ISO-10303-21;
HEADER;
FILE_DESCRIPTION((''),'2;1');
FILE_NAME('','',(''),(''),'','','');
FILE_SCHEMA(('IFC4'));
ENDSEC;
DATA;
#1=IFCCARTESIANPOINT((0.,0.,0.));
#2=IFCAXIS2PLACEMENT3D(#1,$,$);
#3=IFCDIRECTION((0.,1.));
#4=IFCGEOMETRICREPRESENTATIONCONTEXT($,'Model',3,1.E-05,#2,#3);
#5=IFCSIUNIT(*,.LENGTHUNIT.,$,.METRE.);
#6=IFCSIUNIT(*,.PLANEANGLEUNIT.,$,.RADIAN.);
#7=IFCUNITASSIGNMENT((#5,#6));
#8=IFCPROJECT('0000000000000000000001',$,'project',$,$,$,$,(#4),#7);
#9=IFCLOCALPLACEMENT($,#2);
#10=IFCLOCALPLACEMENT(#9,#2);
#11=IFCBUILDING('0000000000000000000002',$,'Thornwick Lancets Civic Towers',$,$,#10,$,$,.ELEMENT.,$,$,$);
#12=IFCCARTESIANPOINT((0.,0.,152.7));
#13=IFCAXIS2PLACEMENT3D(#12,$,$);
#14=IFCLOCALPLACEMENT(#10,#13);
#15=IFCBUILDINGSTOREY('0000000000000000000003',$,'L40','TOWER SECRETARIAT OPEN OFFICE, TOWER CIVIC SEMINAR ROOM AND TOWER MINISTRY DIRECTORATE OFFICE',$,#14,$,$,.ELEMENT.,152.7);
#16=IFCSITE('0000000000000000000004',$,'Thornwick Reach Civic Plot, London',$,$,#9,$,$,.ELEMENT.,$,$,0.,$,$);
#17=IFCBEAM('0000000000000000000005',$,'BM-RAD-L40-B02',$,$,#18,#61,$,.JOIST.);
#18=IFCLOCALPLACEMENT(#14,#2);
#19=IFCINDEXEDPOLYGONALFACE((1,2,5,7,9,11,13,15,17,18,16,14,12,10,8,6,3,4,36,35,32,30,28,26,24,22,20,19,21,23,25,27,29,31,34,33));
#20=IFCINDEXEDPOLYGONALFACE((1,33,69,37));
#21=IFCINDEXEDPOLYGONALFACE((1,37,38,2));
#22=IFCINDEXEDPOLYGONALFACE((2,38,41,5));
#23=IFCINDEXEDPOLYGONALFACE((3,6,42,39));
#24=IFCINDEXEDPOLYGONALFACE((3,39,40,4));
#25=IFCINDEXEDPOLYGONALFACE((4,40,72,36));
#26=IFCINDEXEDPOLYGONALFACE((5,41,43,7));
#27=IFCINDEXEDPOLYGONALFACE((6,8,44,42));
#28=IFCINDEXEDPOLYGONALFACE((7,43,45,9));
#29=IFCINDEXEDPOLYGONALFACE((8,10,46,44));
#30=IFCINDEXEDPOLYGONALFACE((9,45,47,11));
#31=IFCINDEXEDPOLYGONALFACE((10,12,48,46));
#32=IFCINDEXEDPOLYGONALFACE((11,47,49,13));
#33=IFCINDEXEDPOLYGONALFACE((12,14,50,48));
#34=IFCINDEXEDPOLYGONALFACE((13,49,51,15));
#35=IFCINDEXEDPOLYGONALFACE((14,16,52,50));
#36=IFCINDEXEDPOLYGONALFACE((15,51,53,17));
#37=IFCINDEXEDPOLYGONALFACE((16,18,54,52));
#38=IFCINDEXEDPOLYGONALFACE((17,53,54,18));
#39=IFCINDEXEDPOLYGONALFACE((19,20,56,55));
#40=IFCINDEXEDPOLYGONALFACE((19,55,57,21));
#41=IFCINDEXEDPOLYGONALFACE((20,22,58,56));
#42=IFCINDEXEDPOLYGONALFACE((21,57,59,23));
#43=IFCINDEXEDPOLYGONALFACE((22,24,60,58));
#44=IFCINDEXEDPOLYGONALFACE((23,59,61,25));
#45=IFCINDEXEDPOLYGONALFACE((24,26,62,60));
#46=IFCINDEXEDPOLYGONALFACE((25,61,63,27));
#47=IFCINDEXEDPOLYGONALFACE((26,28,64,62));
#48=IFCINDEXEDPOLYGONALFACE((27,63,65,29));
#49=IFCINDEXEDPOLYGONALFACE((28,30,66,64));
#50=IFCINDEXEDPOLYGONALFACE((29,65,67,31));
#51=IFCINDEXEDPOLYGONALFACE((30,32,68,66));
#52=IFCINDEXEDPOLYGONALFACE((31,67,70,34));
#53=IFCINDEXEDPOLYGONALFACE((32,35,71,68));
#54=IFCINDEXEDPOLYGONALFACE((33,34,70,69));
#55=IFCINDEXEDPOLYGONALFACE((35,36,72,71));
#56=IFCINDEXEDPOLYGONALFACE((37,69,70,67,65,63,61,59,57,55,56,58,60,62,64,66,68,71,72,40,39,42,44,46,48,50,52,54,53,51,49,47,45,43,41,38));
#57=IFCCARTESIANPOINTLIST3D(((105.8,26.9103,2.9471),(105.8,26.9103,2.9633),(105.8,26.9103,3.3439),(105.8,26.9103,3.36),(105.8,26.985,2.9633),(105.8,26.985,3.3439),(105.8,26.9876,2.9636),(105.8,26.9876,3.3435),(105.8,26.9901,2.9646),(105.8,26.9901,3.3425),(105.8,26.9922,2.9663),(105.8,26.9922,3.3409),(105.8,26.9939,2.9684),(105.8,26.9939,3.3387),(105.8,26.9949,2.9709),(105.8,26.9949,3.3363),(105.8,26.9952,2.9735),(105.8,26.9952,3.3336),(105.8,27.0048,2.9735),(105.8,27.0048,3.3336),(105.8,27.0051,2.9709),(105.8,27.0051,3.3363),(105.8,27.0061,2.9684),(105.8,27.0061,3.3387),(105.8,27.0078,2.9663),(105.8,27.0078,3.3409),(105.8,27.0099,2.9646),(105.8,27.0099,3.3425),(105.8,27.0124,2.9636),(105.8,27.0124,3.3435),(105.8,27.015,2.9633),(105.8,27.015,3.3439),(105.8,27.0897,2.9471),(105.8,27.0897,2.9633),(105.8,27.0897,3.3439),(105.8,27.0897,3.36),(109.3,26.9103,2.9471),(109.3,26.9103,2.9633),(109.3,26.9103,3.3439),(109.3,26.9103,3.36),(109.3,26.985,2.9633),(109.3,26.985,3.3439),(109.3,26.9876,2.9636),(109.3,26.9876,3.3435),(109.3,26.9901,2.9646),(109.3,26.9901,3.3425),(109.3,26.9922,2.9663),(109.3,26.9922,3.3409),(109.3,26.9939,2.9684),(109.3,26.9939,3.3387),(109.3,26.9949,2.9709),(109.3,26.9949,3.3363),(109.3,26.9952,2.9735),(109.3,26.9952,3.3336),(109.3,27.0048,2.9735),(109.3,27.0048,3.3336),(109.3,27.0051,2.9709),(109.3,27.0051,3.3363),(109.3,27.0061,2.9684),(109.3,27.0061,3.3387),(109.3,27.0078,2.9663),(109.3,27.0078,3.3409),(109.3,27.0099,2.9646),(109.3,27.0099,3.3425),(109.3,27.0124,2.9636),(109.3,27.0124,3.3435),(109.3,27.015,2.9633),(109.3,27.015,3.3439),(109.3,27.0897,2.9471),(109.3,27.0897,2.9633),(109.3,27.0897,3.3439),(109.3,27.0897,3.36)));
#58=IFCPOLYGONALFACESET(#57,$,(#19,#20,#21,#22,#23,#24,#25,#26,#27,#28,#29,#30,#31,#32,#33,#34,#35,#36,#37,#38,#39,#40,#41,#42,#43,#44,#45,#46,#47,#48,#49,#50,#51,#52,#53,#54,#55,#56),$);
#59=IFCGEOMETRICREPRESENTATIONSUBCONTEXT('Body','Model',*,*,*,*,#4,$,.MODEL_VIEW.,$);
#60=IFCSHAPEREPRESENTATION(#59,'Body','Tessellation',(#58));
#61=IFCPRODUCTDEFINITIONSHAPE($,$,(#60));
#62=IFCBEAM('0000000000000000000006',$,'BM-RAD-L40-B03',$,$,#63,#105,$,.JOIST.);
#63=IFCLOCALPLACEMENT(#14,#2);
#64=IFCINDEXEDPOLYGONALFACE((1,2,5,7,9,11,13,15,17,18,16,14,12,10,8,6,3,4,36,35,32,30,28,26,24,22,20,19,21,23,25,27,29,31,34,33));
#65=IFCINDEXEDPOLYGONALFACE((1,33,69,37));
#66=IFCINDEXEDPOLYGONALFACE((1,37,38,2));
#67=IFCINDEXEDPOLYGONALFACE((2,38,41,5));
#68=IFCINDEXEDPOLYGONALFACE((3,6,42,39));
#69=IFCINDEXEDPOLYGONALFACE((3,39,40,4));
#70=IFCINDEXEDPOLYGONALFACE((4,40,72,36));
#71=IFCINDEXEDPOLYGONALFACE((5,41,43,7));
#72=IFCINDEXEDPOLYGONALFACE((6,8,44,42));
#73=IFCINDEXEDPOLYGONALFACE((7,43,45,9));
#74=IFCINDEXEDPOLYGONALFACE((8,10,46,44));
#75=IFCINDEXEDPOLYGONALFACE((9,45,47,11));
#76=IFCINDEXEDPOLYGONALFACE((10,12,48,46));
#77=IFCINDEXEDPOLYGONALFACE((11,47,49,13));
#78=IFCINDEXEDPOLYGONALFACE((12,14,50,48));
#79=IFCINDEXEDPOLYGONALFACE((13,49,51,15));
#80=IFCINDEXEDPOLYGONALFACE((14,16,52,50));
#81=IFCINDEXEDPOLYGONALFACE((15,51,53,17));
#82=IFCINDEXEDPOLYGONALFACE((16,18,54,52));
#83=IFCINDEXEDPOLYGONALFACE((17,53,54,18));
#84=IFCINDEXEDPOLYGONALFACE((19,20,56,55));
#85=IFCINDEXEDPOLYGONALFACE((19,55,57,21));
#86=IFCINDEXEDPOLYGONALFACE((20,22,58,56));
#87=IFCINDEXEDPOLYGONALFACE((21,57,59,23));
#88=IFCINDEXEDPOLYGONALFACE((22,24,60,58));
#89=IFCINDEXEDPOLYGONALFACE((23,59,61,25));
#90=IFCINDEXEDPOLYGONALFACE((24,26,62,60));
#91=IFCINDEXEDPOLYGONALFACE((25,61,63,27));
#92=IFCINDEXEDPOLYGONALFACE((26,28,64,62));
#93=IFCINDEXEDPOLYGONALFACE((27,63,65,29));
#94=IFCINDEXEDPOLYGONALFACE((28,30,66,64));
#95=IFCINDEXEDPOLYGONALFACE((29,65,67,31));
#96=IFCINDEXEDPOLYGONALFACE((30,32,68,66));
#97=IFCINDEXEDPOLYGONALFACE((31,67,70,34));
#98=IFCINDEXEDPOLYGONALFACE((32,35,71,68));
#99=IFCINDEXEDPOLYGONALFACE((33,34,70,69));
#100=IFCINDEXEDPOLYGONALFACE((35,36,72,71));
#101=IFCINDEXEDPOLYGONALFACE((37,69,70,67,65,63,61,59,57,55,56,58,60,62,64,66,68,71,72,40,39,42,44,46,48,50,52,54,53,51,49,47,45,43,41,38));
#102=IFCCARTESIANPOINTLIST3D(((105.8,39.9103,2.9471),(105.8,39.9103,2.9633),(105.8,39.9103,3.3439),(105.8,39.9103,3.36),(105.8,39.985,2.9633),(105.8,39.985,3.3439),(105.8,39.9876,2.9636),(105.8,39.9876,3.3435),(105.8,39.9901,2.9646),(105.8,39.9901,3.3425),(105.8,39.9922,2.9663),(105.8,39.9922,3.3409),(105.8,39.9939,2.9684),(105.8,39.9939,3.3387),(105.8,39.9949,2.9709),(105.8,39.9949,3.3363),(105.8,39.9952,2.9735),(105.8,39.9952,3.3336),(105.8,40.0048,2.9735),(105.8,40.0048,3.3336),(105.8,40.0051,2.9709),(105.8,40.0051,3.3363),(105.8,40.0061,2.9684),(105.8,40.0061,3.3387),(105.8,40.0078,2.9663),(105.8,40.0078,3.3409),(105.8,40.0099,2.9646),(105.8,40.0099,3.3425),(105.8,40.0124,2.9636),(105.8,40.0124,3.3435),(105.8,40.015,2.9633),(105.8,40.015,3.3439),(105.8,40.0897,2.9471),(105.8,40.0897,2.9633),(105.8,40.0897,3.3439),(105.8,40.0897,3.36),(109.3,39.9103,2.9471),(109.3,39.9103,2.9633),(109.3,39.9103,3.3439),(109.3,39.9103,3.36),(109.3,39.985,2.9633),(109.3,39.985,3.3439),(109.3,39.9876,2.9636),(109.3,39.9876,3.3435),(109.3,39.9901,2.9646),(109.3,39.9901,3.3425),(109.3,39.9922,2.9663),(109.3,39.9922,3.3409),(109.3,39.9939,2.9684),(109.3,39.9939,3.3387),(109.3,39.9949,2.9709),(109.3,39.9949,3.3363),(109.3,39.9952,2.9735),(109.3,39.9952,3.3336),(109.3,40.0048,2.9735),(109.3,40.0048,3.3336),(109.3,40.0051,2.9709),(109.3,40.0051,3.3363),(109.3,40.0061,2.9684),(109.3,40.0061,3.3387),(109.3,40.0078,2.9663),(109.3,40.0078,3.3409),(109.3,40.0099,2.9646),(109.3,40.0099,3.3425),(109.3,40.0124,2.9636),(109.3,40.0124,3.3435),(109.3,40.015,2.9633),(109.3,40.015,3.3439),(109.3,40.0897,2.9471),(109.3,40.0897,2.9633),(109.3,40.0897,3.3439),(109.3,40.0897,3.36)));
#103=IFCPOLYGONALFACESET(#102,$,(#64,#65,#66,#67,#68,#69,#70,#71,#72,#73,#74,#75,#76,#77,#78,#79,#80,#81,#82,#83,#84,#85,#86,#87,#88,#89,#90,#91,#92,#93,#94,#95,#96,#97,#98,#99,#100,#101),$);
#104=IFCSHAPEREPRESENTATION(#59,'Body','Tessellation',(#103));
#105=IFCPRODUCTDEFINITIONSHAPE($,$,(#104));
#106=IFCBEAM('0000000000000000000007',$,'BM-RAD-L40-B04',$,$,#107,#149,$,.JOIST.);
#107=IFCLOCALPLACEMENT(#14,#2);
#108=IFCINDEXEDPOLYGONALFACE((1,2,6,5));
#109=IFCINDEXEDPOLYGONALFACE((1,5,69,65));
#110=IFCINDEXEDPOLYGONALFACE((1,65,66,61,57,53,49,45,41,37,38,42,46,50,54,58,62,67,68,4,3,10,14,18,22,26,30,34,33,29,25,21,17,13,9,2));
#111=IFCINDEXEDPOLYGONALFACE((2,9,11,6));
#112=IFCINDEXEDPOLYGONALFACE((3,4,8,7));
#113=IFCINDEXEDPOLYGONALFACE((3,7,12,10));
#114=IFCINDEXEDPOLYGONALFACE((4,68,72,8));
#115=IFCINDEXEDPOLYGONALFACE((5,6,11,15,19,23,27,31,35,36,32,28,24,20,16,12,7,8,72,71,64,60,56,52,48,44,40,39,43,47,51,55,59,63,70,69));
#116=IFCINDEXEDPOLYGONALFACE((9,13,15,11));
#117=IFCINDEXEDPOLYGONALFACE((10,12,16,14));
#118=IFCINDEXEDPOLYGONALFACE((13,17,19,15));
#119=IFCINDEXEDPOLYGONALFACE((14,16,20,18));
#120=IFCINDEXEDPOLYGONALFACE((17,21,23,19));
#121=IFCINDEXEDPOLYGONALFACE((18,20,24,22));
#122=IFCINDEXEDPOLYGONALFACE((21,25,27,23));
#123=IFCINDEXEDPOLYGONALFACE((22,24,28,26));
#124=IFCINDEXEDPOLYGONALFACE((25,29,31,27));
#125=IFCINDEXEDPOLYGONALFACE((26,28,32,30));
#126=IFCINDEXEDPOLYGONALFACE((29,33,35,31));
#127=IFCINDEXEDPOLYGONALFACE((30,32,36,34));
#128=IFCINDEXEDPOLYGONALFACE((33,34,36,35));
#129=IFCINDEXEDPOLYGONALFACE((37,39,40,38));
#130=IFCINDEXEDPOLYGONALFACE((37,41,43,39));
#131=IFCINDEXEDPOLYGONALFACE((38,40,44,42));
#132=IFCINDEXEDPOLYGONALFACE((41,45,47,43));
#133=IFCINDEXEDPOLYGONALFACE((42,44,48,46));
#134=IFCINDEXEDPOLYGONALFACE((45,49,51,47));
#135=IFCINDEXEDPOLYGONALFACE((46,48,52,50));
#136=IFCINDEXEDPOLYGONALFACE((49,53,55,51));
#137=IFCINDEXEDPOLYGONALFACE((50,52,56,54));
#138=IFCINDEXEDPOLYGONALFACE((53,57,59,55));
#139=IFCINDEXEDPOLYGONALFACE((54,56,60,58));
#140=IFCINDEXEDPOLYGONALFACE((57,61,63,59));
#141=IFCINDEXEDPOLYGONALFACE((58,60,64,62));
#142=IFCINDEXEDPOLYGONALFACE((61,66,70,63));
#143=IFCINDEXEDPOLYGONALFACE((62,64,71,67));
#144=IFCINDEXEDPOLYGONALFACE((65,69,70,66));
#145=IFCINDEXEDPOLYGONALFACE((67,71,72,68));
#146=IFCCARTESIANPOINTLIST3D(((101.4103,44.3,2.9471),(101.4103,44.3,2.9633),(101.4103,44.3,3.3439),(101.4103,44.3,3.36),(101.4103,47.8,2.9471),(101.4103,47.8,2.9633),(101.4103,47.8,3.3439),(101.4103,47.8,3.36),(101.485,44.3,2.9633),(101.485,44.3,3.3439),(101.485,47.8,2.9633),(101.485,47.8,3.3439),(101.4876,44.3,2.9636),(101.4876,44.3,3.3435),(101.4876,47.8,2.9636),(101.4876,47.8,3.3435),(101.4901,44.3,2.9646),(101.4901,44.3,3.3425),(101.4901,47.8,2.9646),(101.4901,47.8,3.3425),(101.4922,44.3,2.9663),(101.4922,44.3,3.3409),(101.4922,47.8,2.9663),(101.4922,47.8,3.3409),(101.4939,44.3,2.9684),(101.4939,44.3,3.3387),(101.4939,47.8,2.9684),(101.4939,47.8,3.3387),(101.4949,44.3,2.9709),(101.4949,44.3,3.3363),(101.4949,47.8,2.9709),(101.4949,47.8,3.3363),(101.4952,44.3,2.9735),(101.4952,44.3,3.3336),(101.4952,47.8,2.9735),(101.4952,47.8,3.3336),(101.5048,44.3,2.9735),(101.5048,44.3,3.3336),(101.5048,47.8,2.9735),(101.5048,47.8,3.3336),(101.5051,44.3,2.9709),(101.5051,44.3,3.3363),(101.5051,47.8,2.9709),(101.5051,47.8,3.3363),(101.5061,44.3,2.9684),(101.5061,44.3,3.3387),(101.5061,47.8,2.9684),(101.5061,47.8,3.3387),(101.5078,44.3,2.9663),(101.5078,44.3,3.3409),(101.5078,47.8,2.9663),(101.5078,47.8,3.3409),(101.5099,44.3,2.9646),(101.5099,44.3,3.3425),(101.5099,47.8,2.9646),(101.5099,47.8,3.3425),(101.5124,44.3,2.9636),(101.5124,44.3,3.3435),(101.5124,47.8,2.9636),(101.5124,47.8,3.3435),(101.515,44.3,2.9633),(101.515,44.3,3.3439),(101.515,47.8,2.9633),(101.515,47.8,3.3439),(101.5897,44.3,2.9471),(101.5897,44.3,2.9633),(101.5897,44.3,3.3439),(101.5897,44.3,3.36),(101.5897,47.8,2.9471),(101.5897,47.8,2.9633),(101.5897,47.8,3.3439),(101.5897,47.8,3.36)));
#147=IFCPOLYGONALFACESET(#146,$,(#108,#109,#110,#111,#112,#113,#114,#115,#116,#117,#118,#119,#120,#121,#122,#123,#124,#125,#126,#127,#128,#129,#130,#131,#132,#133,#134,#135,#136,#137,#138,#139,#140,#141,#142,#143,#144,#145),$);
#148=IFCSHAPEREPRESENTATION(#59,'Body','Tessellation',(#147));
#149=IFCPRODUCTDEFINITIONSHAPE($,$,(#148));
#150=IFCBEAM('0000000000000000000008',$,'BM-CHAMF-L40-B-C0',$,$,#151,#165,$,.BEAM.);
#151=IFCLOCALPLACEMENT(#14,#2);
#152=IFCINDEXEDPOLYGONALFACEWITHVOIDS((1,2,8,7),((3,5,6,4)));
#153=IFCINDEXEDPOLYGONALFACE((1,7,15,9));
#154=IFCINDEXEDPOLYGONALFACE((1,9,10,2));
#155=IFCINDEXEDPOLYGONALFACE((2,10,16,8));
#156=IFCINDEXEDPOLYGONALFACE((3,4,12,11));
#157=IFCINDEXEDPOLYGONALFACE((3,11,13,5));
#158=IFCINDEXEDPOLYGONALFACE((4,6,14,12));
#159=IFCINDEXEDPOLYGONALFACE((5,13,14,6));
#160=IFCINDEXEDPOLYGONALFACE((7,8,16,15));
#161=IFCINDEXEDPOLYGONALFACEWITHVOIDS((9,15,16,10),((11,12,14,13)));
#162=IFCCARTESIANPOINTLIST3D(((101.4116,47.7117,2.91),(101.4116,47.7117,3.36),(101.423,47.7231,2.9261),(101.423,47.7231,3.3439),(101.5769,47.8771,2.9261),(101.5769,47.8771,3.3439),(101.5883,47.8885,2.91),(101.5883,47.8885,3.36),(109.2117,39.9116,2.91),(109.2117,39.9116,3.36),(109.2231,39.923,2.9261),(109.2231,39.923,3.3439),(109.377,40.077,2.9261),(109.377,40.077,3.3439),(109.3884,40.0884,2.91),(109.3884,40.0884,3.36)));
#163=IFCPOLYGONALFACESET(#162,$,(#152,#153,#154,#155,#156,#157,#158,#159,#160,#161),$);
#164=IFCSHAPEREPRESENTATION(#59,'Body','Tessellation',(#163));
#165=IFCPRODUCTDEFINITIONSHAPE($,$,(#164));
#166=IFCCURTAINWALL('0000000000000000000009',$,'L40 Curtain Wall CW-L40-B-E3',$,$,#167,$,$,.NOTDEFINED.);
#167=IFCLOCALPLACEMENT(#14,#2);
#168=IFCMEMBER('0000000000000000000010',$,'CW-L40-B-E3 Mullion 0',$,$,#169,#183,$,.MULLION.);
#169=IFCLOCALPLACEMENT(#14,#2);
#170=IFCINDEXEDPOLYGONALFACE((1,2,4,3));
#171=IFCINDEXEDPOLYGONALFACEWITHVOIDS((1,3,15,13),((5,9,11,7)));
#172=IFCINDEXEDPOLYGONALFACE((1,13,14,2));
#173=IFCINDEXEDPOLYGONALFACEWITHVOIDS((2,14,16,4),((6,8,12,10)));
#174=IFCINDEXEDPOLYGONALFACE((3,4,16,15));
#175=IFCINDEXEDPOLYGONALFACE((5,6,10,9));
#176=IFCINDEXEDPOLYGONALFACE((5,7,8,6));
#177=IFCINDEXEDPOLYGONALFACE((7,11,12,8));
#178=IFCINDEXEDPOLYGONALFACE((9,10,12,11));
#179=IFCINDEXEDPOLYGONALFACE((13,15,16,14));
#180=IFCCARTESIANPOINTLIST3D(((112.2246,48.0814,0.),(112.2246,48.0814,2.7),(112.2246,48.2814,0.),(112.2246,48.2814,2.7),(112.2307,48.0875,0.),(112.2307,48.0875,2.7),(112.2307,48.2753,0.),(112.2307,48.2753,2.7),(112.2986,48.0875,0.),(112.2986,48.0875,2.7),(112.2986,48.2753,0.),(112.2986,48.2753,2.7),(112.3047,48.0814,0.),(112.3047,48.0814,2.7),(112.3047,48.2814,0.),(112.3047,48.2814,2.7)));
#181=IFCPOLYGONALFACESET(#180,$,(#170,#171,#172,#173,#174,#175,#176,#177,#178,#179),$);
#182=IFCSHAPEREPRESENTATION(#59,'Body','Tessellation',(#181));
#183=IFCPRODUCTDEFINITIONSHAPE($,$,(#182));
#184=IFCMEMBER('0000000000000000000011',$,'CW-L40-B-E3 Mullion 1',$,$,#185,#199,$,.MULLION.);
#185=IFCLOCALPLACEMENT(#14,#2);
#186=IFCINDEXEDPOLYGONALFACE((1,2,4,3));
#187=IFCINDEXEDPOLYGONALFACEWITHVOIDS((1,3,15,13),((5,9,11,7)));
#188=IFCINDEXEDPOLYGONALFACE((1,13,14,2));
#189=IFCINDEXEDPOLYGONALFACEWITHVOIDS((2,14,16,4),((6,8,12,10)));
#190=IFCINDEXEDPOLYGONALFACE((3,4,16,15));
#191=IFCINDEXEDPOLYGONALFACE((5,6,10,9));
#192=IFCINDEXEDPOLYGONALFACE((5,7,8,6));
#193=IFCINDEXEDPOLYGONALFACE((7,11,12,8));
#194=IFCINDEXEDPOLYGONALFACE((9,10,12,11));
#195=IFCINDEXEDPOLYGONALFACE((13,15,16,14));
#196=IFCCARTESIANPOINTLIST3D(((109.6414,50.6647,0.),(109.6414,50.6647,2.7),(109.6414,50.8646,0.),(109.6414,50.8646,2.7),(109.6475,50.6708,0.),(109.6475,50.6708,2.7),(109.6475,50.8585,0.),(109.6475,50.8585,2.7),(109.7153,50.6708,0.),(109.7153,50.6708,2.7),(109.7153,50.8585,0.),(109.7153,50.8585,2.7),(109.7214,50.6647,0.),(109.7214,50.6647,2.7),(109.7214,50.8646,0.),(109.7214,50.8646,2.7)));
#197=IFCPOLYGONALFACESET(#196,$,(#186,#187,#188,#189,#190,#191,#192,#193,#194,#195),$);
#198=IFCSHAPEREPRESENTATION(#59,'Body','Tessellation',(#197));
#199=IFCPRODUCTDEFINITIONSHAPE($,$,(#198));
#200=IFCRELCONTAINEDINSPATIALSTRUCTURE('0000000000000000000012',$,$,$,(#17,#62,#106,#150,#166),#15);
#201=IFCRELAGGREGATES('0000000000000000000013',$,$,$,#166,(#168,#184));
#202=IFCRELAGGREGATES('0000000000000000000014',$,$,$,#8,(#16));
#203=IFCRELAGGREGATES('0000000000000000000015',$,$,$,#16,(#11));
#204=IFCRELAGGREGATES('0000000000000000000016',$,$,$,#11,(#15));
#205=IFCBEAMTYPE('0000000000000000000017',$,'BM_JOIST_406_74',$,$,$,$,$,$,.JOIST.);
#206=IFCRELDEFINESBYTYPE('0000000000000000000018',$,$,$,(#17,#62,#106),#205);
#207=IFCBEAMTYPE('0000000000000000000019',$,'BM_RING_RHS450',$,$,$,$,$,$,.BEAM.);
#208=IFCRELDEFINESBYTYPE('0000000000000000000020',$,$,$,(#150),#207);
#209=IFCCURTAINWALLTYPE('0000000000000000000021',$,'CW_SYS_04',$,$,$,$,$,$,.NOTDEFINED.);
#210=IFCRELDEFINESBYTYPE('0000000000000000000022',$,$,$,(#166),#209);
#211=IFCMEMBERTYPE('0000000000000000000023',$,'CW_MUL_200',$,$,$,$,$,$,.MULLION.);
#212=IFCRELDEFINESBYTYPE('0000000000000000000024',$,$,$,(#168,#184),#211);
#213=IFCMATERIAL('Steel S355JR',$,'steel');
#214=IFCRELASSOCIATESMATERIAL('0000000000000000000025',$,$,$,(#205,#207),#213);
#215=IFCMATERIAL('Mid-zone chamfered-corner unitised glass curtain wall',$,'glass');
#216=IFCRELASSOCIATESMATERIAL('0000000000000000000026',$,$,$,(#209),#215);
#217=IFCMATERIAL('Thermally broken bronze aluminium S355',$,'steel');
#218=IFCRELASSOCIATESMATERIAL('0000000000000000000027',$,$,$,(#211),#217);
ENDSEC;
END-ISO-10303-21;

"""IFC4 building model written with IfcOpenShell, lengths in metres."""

from ifc_helpers import new_model, si_unit, direction, frame, origin, origin_2d, place, context, subcontext, project, spatial, hollow_rectangle, i_section, extrude, material, material_profile, profile_set, type_object, element, aggregate, save


model = new_model("IFC4")

# Units and contexts
model_context = context("Model", 3, precision=1e-05, world=origin(), true_north=direction((0.0, 1.0)))
body_context = subcontext(model_context, "Body", "Model", "MODEL_VIEW")
ifc_project = project(units=[si_unit("LENGTHUNIT", "METRE"), si_unit("PLANEANGLEUNIT", "RADIAN")], contexts=[model_context])

# Site, building, storey
site_placement = place(None, origin())
site = spatial("IfcSite", under=ifc_project, at=site_placement, Name="Thornwick Reach Civic Plot, London", CompositionType="ELEMENT", RefElevation=0.0)
building_placement = place(site_placement, origin())
building = spatial("IfcBuilding", under=site, at=building_placement, Name="Thornwick Lancets Civic Towers", CompositionType="ELEMENT")
storey_placement = place(building_placement, frame((0.0, 0.0, 152.7)))
storey = spatial("IfcBuildingStorey", under=building, at=storey_placement, Name="L40", Description="TOWER SECRETARIAT OPEN OFFICE, TOWER CIVIC SEMINAR ROOM AND TOWER MINISTRY DIRECTORATE OFFICE", CompositionType="ELEMENT", Elevation=152.7)

# Beams
ifc_material_1 = material(Name="Steel S355JR", Category="steel")
ifc_material_profile_1 = material_profile(ifc_material_1, i_section(OverallWidth=0.1794, OverallDepth=0.4128, WebThickness=0.0095, FlangeThickness=0.0161, FilletRadius=0.0103, at=origin_2d()), Name="UKB 406x178x74")
ifc_profile_set_1 = profile_set([ifc_material_profile_1], Name="Steel S355JR")
beam_type_1 = type_object("IfcBeamType", Name="BM_JOIST_406_74", PredefinedType="JOIST", material=ifc_profile_set_1)
for number, where, z_axis, x_axis, name in (
    (1, (105.8, 27.0, 3.1536), (1.0, 0.0, 0.0), (0.0, 1.0, 0.0), "BM-RAD-L40-B02"),
    (2, (105.8, 40.0, 3.1536), (1.0, 0.0, 0.0), (0.0, 1.0, 0.0), "BM-RAD-L40-B03"),
    (3, (101.5, 44.3, 3.1536), (0.0, 1.0, 0.0), (-1.0, 0.0, 0.0), "BM-RAD-L40-B04"),
):
    element("IfcBeam", number, at=place(storey_placement, frame(where, z_axis=z_axis, x_axis=x_axis)), inside=storey, type_object=beam_type_1, Name=name, PredefinedType="JOIST", context=body_context, shape_type="SweptSolid", body=[
        extrude(i_section(OverallWidth=0.1794, OverallDepth=0.4128, WebThickness=0.0095, FlangeThickness=0.0161, FilletRadius=0.0103, at=origin_2d()), origin(), (0.0, 0.0, 1.0), 3.5),
    ])
ifc_material_profile_2 = material_profile(ifc_material_1, hollow_rectangle(XDim=0.25, YDim=0.45, WallThickness=0.0161, at=origin_2d()), Name="RHS 450x250x16")
ifc_profile_set_2 = profile_set([ifc_material_profile_2], Name="Steel S355JR")
beam_type_2 = type_object("IfcBeamType", Name="BM_RING_RHS450", PredefinedType="BEAM", material=ifc_profile_set_2)
beam_1_placement = place(storey_placement, frame((109.3, 40.0, 3.135), z_axis=(-0.707107, 0.707107, 0.0), x_axis=(-0.707107, -0.707107, 0.0)))
element("IfcBeam", 4, at=beam_1_placement, inside=storey, type_object=beam_type_2, Name="BM-CHAMF-L40-B-C0", PredefinedType="BEAM", context=body_context, shape_type="SweptSolid", body=[
    extrude(hollow_rectangle(XDim=0.25, YDim=0.45, WallThickness=0.0161, at=origin_2d()), origin(), (0.0, 0.0, 1.0), 11.031),
])

# Curtain wall, members
ifc_material_2 = material(Name="Mid-zone chamfered-corner unitised glass curtain wall", Category="glass")
curtain_wall_type = type_object("IfcCurtainWallType", Name="CW_SYS_04", PredefinedType="NOTDEFINED", material=ifc_material_2)
curtain_wall_placement = place(storey_placement, origin())
curtain_wall = element("IfcCurtainWall", 5, at=curtain_wall_placement, inside=storey, type_object=curtain_wall_type, Name="L40 Curtain Wall CW-L40-B-E3", PredefinedType="NOTDEFINED")
ifc_material_3 = material(Name="Thermally broken bronze aluminium S355", Category="steel")
ifc_material_profile_3 = material_profile(ifc_material_3, hollow_rectangle(XDim=0.0801, YDim=0.2, WallThickness=0.0061, at=origin_2d()), Name="RHS 200x80x6")
ifc_profile_set_3 = profile_set([ifc_material_profile_3], Name="Thermally broken bronze aluminium S355")
member_type_1 = type_object("IfcMemberType", Name="CW_MUL_200", PredefinedType="MULLION", material=ifc_profile_set_3)
member_1_placement = place(storey_placement, frame((112.2646, 48.1814, 0.0), z_axis=(0.0, 0.0, 1.0), x_axis=(1.0, 0.0, 0.0)))
member_1 = element("IfcMember", 6, at=member_1_placement, type_object=member_type_1, Name="CW-L40-B-E3 Mullion 0", PredefinedType="MULLION", context=body_context, shape_type="SweptSolid", body=[
    extrude(hollow_rectangle(XDim=0.0801, YDim=0.2, WallThickness=0.0061, at=origin_2d()), origin(), (0.0, 0.0, 1.0), 2.7),
])
member_2_placement = place(storey_placement, frame((109.6814, 50.7646, 0.0), z_axis=(0.0, 0.0, 1.0), x_axis=(1.0, 0.0, 0.0)))
member_2 = element("IfcMember", 7, at=member_2_placement, type_object=member_type_1, Name="CW-L40-B-E3 Mullion 1", PredefinedType="MULLION", context=body_context, shape_type="SweptSolid", body=[
    extrude(hollow_rectangle(XDim=0.0801, YDim=0.2, WallThickness=0.0061, at=origin_2d()), origin(), (0.0, 0.0, 1.0), 2.7),
])
aggregate(curtain_wall, [member_1, member_2])

save(model, "model.ifc")
